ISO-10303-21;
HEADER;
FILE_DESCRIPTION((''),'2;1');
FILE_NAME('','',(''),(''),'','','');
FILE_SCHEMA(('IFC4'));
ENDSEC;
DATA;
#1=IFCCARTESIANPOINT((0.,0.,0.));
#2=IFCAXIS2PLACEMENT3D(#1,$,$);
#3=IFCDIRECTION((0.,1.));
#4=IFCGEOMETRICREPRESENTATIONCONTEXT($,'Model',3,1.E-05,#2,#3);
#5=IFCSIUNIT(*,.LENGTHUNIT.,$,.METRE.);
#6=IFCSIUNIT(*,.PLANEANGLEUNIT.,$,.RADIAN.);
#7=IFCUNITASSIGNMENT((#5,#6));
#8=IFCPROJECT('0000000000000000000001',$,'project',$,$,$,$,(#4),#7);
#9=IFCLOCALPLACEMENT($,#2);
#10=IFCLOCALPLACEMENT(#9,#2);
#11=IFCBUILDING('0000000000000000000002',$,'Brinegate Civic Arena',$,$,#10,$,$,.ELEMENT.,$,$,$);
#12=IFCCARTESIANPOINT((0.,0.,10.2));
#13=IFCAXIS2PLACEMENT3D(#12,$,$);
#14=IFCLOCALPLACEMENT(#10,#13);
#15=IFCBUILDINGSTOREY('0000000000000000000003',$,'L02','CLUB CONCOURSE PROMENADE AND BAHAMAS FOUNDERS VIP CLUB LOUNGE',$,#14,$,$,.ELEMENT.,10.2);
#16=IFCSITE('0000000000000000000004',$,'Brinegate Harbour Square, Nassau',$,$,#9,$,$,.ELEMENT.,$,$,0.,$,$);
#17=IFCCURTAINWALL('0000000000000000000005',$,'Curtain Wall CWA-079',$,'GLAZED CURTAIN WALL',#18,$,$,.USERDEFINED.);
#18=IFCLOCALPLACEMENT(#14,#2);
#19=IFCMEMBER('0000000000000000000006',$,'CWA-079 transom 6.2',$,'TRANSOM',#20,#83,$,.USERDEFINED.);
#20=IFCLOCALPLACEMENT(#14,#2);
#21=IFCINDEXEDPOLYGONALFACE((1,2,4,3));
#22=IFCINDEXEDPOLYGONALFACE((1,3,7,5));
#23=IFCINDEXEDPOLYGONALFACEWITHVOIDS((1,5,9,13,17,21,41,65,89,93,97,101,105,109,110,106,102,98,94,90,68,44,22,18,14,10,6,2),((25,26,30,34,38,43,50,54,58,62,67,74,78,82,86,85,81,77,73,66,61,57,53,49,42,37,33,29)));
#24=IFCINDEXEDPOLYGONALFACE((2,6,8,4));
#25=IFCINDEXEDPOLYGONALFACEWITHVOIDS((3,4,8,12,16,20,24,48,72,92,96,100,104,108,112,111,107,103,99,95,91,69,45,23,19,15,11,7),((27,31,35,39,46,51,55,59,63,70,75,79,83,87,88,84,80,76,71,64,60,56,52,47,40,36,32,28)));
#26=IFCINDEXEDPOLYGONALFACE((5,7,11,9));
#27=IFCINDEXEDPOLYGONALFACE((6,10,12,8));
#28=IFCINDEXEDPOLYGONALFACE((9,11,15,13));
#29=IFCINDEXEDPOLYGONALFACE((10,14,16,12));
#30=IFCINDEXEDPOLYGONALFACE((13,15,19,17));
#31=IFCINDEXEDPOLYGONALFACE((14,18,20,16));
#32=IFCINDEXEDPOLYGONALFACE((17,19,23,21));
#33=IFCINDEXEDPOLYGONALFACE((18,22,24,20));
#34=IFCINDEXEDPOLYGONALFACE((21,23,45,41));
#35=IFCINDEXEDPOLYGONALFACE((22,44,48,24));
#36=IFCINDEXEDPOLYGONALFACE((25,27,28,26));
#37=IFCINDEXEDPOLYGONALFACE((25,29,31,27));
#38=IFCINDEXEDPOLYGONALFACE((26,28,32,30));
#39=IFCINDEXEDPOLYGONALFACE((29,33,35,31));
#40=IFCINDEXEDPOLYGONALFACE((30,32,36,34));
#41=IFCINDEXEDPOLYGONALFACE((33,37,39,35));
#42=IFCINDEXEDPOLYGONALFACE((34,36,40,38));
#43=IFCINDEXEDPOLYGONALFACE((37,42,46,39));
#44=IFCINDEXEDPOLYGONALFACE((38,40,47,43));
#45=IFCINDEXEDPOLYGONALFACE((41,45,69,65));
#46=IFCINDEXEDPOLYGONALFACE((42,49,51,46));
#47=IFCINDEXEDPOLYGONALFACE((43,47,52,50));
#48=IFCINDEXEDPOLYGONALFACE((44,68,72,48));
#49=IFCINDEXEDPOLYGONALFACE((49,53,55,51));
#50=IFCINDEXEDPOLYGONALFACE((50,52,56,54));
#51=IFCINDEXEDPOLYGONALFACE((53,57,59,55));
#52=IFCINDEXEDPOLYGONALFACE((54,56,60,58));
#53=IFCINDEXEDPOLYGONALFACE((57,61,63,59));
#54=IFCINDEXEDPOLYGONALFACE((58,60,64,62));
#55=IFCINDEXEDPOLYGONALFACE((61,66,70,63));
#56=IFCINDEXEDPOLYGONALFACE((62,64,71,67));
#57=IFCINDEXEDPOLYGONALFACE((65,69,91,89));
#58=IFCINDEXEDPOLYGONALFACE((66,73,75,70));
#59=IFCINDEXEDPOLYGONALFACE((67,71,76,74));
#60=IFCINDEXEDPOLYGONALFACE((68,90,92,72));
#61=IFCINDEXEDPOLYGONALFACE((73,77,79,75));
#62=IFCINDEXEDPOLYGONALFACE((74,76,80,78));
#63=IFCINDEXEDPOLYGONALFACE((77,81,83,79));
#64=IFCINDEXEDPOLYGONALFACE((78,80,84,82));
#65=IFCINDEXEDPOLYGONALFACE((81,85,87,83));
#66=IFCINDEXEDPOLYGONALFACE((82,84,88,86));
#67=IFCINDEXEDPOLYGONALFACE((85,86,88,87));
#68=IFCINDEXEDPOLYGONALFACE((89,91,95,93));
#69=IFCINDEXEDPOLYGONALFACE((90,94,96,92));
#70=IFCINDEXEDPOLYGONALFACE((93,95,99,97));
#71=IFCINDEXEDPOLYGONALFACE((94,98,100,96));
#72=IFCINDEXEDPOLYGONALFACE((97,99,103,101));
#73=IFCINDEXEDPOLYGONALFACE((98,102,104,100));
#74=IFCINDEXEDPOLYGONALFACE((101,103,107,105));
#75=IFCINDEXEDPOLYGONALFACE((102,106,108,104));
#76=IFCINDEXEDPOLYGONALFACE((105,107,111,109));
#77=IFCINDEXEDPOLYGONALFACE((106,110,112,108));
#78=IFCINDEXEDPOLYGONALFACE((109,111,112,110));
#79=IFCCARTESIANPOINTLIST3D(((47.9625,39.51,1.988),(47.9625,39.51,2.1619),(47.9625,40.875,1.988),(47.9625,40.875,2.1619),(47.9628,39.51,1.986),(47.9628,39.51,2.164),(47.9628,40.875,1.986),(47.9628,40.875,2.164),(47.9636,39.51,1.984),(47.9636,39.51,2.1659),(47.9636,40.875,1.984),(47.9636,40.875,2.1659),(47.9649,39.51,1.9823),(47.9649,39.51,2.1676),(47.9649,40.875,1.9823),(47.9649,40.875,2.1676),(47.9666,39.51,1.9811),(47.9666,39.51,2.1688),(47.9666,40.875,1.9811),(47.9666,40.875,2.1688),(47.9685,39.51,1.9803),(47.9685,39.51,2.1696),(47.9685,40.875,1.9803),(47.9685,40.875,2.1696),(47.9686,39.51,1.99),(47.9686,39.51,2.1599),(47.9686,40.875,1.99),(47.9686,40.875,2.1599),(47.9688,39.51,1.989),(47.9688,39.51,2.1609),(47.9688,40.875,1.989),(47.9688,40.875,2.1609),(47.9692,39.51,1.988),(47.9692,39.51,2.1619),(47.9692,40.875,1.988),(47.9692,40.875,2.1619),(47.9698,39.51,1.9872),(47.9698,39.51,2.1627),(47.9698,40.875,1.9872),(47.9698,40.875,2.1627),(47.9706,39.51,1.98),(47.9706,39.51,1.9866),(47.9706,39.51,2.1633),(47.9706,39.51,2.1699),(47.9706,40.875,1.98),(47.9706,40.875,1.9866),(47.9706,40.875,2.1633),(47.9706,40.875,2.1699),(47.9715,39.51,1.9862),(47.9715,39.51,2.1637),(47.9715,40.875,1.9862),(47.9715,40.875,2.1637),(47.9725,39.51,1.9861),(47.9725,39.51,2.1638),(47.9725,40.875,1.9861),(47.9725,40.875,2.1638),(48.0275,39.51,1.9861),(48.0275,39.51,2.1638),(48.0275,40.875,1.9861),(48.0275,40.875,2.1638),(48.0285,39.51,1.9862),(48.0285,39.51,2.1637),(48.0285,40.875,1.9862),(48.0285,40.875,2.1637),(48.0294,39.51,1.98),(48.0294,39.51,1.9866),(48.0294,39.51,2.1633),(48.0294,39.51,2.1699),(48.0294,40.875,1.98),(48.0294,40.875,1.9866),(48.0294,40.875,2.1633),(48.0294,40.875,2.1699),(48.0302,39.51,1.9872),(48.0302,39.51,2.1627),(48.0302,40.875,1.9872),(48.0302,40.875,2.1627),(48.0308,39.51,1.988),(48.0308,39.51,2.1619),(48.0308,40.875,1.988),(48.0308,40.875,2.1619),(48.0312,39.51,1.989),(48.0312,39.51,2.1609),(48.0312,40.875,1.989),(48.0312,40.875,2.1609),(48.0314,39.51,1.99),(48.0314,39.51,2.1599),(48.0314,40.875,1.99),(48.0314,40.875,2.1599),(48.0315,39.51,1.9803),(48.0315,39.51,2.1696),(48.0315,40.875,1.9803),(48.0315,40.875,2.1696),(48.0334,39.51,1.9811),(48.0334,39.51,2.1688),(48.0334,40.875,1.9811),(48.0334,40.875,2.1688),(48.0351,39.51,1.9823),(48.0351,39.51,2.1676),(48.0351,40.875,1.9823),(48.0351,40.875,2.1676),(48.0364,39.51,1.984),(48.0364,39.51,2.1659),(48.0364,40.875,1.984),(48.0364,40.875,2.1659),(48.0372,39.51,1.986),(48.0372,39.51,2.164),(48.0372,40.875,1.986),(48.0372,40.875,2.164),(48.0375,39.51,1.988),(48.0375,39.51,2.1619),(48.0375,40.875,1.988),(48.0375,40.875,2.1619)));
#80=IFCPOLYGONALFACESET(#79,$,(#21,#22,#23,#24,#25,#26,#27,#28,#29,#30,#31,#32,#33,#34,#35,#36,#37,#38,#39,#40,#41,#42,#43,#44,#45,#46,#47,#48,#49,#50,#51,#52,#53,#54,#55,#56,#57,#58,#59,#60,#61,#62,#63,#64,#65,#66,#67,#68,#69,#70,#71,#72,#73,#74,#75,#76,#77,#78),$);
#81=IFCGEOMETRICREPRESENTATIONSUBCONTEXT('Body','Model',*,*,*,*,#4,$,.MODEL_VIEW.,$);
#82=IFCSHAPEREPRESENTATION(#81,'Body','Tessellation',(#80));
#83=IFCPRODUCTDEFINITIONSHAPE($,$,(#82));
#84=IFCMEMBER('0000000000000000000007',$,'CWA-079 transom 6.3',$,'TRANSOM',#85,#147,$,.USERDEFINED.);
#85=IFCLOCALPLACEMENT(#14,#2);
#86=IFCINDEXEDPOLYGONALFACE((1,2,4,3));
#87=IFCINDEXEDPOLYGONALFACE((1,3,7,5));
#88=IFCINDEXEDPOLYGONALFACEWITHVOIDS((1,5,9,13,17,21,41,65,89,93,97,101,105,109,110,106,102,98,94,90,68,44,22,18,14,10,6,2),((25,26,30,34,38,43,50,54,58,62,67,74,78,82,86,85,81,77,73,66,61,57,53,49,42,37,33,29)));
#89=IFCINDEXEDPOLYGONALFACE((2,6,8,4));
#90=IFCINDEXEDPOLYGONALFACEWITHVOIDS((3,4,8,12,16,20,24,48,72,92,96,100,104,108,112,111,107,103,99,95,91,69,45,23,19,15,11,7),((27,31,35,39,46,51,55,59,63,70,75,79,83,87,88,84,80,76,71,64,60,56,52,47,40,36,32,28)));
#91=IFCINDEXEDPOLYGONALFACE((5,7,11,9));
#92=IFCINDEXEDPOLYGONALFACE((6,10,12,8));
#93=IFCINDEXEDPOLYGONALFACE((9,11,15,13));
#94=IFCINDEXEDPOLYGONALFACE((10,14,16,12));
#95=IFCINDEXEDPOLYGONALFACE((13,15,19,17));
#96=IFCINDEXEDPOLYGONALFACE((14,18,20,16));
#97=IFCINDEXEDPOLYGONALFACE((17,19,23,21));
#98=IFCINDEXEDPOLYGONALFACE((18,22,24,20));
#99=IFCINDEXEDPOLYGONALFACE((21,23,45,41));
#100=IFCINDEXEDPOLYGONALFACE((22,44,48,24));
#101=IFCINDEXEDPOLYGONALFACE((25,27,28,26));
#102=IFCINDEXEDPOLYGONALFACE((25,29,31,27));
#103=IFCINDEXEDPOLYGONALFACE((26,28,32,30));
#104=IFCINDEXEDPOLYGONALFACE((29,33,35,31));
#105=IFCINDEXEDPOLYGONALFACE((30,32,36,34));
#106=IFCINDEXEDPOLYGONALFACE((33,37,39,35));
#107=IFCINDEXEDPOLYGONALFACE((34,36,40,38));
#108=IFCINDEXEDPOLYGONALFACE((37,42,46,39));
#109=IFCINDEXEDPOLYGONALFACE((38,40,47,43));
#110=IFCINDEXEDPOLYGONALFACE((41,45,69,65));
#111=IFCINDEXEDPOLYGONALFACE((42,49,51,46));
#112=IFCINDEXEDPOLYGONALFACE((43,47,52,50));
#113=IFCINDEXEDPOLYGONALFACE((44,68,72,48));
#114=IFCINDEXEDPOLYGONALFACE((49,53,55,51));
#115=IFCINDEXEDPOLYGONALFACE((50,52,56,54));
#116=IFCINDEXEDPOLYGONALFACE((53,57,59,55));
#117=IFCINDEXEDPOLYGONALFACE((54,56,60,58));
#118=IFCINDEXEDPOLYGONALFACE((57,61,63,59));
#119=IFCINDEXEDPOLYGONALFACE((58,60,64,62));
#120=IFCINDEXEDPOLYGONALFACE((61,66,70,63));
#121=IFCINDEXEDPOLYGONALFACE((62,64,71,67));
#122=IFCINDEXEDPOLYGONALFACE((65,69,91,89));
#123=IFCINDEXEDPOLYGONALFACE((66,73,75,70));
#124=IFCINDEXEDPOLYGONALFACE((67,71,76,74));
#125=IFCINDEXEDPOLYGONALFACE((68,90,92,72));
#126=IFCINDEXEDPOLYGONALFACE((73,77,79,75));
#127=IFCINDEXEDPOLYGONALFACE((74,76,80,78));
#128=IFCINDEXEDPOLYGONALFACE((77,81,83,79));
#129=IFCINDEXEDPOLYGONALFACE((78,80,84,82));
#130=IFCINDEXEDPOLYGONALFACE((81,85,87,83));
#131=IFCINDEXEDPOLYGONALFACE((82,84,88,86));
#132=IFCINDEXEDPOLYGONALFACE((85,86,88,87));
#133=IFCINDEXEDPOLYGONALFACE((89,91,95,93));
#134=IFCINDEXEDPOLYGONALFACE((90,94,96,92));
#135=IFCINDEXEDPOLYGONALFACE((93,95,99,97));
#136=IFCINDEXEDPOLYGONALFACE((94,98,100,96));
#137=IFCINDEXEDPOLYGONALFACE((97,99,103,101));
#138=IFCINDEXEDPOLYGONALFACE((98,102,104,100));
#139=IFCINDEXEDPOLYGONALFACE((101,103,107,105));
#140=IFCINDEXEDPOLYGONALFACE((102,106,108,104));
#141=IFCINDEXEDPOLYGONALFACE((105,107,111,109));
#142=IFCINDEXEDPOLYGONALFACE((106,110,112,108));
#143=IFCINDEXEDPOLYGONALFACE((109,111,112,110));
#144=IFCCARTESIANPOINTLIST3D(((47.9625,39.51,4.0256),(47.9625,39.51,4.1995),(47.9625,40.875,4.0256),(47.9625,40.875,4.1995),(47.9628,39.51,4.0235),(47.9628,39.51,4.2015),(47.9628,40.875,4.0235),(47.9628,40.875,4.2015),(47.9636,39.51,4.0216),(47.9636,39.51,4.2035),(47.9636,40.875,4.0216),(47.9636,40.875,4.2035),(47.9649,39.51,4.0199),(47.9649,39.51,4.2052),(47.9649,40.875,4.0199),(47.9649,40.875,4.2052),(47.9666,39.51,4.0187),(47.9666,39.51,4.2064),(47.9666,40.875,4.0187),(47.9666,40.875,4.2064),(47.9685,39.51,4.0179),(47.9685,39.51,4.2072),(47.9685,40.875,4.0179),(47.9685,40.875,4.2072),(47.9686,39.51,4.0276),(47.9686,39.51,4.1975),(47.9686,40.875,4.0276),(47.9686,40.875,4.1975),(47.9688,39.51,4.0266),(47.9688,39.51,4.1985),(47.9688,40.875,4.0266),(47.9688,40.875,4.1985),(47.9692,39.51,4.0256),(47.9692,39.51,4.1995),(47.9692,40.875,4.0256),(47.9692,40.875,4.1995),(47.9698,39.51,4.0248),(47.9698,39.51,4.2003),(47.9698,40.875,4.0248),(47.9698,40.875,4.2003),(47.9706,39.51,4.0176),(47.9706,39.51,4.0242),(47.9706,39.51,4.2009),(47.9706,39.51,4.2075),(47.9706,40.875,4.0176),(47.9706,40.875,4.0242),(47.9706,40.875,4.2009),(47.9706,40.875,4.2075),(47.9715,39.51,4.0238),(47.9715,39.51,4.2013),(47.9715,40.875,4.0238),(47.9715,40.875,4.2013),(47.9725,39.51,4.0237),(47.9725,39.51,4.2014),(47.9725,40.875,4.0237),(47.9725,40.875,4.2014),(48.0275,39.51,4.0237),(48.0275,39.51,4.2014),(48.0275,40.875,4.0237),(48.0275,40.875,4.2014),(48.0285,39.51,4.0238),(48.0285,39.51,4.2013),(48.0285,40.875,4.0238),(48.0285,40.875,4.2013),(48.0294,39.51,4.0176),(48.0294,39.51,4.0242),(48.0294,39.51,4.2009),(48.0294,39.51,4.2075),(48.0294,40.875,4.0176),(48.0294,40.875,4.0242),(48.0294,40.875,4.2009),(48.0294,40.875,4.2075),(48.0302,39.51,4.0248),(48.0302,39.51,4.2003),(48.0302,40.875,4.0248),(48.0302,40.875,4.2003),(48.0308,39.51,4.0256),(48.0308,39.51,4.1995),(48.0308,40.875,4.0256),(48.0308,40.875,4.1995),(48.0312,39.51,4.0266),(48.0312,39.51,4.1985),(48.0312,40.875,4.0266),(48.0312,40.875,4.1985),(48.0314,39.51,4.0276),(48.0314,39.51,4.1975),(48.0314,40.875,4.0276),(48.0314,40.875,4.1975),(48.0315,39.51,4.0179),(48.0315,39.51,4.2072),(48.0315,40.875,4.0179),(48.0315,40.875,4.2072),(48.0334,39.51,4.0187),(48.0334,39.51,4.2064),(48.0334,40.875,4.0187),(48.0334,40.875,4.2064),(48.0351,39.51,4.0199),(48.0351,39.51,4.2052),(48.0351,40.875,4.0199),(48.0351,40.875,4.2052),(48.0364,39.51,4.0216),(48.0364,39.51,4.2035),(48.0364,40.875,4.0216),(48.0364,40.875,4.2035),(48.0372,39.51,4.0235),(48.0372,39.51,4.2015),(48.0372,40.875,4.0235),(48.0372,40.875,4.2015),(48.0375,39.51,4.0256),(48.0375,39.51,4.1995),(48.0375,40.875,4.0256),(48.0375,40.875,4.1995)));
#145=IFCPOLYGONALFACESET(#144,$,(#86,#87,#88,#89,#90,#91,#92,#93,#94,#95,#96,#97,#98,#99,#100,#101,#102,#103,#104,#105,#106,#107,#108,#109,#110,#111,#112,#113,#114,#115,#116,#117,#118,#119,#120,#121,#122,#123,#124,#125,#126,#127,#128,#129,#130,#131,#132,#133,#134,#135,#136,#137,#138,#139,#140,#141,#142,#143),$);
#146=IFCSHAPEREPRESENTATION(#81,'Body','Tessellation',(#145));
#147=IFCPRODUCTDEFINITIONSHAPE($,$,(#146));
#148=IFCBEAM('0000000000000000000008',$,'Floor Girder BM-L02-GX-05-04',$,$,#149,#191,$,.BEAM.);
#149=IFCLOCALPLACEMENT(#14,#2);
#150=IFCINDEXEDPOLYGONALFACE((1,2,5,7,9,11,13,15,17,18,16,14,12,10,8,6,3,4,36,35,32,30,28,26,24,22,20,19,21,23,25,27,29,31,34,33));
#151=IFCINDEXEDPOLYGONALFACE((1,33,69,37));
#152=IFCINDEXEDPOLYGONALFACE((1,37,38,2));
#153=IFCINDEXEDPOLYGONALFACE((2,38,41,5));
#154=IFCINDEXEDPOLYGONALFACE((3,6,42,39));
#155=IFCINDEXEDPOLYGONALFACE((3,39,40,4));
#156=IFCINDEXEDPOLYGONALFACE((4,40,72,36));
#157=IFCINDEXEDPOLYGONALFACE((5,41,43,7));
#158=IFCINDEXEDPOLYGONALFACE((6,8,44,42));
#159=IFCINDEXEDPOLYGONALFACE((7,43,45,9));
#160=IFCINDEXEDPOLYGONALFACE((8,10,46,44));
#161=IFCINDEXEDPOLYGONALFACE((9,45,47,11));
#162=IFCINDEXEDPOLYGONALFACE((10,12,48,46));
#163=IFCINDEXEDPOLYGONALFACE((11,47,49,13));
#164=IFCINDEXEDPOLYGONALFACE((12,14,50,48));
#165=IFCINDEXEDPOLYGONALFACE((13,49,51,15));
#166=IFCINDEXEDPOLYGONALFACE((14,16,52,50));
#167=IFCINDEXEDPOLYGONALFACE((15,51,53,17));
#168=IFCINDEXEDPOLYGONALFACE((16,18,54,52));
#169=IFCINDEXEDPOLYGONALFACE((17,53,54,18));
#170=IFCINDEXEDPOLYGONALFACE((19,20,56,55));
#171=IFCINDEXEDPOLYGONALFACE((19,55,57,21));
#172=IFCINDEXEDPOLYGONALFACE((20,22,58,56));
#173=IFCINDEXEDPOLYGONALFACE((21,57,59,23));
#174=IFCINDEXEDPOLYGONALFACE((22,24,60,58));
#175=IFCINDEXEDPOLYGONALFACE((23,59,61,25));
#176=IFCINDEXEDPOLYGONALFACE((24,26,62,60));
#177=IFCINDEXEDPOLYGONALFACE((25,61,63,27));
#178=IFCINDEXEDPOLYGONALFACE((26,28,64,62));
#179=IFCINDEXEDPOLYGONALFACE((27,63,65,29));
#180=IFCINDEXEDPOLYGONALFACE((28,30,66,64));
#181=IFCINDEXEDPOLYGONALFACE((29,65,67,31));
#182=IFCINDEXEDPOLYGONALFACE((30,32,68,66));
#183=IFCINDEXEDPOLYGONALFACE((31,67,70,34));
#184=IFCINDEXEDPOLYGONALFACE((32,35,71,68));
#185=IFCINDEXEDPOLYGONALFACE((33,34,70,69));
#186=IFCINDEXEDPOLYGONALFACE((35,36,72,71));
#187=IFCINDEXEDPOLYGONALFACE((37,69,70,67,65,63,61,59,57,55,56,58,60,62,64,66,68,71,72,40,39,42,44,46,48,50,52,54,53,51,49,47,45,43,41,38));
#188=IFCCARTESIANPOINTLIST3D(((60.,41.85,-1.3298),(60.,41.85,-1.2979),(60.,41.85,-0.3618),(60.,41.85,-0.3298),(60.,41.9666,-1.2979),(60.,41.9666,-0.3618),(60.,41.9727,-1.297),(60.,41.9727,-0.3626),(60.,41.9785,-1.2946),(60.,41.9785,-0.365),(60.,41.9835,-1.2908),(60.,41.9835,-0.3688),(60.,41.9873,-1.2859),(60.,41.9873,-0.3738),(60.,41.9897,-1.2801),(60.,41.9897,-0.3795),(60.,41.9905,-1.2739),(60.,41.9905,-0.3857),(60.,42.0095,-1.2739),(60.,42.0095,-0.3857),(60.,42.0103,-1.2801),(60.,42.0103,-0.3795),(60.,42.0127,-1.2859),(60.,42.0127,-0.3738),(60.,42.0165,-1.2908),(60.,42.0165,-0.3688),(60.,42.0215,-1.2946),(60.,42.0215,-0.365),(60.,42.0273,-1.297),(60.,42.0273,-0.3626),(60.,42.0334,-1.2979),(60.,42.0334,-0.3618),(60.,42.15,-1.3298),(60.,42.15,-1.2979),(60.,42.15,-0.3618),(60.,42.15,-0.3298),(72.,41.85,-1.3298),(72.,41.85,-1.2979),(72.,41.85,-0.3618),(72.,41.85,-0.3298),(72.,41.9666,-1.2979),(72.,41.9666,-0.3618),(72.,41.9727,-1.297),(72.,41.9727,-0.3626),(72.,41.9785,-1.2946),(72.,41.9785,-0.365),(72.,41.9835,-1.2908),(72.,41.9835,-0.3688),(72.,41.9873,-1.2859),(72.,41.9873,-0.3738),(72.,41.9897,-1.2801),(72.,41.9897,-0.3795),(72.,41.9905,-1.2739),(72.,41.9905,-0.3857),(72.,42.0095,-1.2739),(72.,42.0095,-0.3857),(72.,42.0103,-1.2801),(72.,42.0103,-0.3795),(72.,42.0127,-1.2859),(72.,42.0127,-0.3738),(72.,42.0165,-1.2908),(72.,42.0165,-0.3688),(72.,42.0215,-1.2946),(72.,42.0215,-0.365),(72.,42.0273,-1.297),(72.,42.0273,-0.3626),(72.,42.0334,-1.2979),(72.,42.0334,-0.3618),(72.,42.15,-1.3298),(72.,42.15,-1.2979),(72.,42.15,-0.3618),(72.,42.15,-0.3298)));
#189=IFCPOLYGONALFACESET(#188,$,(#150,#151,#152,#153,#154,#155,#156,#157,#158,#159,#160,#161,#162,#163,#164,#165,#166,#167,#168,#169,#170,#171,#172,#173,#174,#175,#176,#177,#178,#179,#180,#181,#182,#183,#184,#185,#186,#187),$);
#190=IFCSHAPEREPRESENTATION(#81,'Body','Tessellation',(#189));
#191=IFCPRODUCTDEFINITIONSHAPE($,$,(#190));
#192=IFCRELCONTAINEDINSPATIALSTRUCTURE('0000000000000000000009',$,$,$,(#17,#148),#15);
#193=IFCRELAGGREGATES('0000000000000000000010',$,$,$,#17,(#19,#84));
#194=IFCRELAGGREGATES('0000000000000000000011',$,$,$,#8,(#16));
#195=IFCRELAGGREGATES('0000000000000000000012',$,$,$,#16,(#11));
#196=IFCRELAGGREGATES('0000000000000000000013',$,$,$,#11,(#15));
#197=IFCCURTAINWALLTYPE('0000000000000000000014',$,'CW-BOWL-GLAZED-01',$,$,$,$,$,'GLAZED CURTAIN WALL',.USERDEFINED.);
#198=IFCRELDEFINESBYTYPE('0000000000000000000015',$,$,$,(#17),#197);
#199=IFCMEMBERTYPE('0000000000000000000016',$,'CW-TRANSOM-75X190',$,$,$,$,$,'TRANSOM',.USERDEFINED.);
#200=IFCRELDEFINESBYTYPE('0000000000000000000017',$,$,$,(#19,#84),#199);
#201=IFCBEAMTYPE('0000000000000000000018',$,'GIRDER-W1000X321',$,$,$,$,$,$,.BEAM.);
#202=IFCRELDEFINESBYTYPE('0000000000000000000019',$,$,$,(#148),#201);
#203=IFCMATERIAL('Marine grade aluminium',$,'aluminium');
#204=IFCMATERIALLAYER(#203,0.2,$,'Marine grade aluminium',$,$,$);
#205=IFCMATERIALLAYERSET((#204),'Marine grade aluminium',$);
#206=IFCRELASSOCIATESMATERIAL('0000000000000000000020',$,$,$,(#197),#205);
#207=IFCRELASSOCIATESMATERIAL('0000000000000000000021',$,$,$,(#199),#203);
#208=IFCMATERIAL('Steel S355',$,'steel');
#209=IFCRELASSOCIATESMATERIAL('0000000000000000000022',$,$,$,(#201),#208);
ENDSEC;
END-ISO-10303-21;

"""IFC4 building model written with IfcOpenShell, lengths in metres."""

from ifc_helpers import new_model, si_unit, direction, frame, origin, origin_2d, place, context, subcontext, project, spatial, hollow_rectangle, i_section, extrude, material, layer, layer_set, material_profile, profile_set, type_object, element, aggregate, save


model = new_model("IFC4")

# Units and contexts
model_context = context("Model", 3, precision=1e-05, world=origin(), true_north=direction((0.0, 1.0)))
body_context = subcontext(model_context, "Body", "Model", "MODEL_VIEW")
ifc_project = project(units=[si_unit("LENGTHUNIT", "METRE"), si_unit("PLANEANGLEUNIT", "RADIAN")], contexts=[model_context])

# Site, building, storey
site_placement = place(None, origin())
site = spatial("IfcSite", under=ifc_project, at=site_placement, Name="Brinegate Harbour Square, Nassau", CompositionType="ELEMENT", RefElevation=0.0)
building_placement = place(site_placement, origin())
building = spatial("IfcBuilding", under=site, at=building_placement, Name="Brinegate Civic Arena", CompositionType="ELEMENT")
storey_placement = place(building_placement, frame((0.0, 0.0, 10.2)))
storey = spatial("IfcBuildingStorey", under=building, at=storey_placement, Name="L02", Description="CLUB CONCOURSE PROMENADE AND BAHAMAS FOUNDERS VIP CLUB LOUNGE", CompositionType="ELEMENT", Elevation=10.2)

# Curtain wall, members
ifc_material_1 = material(Name="Marine grade aluminium", Category="aluminium")
ifc_layer_1 = layer(ifc_material_1, 0.2, Name="Marine grade aluminium")
ifc_layer_set_1 = layer_set([ifc_layer_1], Name="Marine grade aluminium")
curtain_wall_type = type_object("IfcCurtainWallType", Name="CW-BOWL-GLAZED-01", ElementType="GLAZED CURTAIN WALL", PredefinedType="USERDEFINED", material=ifc_layer_set_1)
curtain_wall_placement = place(storey_placement, origin())
curtain_wall = element("IfcCurtainWall", 1, at=curtain_wall_placement, inside=storey, type_object=curtain_wall_type, Name="Curtain Wall CWA-079", ObjectType="GLAZED CURTAIN WALL", PredefinedType="USERDEFINED")
ifc_material_profile_1 = material_profile(ifc_material_1, hollow_rectangle(XDim=0.075, YDim=0.1899, WallThickness=0.0061, InnerFilletRadius=0.0039, OuterFilletRadius=0.0081, at=origin_2d()), Name="TRN75X190")
ifc_profile_set_1 = profile_set([ifc_material_profile_1], Name="Marine grade aluminium")
member_type_1 = type_object("IfcMemberType", Name="CW-TRANSOM-75X190", ElementType="TRANSOM", PredefinedType="USERDEFINED", material=ifc_profile_set_1)
member_1_placement = place(storey_placement, frame((48.0, 39.51, 2.075), z_axis=(0.0, 1.0, 0.0), x_axis=(-1.0, 0.0, 0.0)))
member_1 = element("IfcMember", 2, at=member_1_placement, type_object=member_type_1, Name="CWA-079 transom 6.2", ObjectType="TRANSOM", PredefinedType="USERDEFINED", context=body_context, shape_type="SweptSolid", body=[
    extrude(hollow_rectangle(XDim=0.075, YDim=0.1899, WallThickness=0.0061, InnerFilletRadius=0.0039, OuterFilletRadius=0.0081, at=origin_2d()), origin(), (0.0, 0.0, 1.0), 1.365),
])
member_2_placement = place(storey_placement, frame((48.0, 39.51, 4.1125), z_axis=(0.0, 1.0, 0.0), x_axis=(-1.0, 0.0, 0.0)))
member_2 = element("IfcMember", 3, at=member_2_placement, type_object=member_type_1, Name="CWA-079 transom 6.3", ObjectType="TRANSOM", PredefinedType="USERDEFINED", context=body_context, shape_type="SweptSolid", body=[
    extrude(hollow_rectangle(XDim=0.075, YDim=0.1899, WallThickness=0.0061, InnerFilletRadius=0.0039, OuterFilletRadius=0.0081, at=origin_2d()), origin(), (0.0, 0.0, 1.0), 1.365),
])

# Beam
ifc_material_2 = material(Name="Steel S355", Category="steel")
ifc_material_profile_2 = material_profile(ifc_material_2, i_section(OverallWidth=0.3, OverallDepth=1.0, WebThickness=0.019, FlangeThickness=0.032, FilletRadius=0.0239, at=origin_2d()), Name="W1000X321")
ifc_profile_set_2 = profile_set([ifc_material_profile_2], Name="Steel S355")
beam_type_1 = type_object("IfcBeamType", Name="GIRDER-W1000X321", PredefinedType="BEAM", material=ifc_profile_set_2)
beam_1_placement = place(storey_placement, frame((60.0, 42.0, -0.8298), z_axis=(1.0, 0.0, 0.0), x_axis=(0.0, 1.0, 0.0)))
element("IfcBeam", 4, at=beam_1_placement, inside=storey, type_object=beam_type_1, Name="Floor Girder BM-L02-GX-05-04", PredefinedType="BEAM", context=body_context, shape_type="SweptSolid", body=[
    extrude(i_section(OverallWidth=0.3, OverallDepth=1.0, WebThickness=0.019, FlangeThickness=0.032, FilletRadius=0.0239, at=origin_2d()), origin(), (0.0, 0.0, 1.0), 12.0),
])

aggregate(curtain_wall, [member_1, member_2])

save(model, "model.ifc")
